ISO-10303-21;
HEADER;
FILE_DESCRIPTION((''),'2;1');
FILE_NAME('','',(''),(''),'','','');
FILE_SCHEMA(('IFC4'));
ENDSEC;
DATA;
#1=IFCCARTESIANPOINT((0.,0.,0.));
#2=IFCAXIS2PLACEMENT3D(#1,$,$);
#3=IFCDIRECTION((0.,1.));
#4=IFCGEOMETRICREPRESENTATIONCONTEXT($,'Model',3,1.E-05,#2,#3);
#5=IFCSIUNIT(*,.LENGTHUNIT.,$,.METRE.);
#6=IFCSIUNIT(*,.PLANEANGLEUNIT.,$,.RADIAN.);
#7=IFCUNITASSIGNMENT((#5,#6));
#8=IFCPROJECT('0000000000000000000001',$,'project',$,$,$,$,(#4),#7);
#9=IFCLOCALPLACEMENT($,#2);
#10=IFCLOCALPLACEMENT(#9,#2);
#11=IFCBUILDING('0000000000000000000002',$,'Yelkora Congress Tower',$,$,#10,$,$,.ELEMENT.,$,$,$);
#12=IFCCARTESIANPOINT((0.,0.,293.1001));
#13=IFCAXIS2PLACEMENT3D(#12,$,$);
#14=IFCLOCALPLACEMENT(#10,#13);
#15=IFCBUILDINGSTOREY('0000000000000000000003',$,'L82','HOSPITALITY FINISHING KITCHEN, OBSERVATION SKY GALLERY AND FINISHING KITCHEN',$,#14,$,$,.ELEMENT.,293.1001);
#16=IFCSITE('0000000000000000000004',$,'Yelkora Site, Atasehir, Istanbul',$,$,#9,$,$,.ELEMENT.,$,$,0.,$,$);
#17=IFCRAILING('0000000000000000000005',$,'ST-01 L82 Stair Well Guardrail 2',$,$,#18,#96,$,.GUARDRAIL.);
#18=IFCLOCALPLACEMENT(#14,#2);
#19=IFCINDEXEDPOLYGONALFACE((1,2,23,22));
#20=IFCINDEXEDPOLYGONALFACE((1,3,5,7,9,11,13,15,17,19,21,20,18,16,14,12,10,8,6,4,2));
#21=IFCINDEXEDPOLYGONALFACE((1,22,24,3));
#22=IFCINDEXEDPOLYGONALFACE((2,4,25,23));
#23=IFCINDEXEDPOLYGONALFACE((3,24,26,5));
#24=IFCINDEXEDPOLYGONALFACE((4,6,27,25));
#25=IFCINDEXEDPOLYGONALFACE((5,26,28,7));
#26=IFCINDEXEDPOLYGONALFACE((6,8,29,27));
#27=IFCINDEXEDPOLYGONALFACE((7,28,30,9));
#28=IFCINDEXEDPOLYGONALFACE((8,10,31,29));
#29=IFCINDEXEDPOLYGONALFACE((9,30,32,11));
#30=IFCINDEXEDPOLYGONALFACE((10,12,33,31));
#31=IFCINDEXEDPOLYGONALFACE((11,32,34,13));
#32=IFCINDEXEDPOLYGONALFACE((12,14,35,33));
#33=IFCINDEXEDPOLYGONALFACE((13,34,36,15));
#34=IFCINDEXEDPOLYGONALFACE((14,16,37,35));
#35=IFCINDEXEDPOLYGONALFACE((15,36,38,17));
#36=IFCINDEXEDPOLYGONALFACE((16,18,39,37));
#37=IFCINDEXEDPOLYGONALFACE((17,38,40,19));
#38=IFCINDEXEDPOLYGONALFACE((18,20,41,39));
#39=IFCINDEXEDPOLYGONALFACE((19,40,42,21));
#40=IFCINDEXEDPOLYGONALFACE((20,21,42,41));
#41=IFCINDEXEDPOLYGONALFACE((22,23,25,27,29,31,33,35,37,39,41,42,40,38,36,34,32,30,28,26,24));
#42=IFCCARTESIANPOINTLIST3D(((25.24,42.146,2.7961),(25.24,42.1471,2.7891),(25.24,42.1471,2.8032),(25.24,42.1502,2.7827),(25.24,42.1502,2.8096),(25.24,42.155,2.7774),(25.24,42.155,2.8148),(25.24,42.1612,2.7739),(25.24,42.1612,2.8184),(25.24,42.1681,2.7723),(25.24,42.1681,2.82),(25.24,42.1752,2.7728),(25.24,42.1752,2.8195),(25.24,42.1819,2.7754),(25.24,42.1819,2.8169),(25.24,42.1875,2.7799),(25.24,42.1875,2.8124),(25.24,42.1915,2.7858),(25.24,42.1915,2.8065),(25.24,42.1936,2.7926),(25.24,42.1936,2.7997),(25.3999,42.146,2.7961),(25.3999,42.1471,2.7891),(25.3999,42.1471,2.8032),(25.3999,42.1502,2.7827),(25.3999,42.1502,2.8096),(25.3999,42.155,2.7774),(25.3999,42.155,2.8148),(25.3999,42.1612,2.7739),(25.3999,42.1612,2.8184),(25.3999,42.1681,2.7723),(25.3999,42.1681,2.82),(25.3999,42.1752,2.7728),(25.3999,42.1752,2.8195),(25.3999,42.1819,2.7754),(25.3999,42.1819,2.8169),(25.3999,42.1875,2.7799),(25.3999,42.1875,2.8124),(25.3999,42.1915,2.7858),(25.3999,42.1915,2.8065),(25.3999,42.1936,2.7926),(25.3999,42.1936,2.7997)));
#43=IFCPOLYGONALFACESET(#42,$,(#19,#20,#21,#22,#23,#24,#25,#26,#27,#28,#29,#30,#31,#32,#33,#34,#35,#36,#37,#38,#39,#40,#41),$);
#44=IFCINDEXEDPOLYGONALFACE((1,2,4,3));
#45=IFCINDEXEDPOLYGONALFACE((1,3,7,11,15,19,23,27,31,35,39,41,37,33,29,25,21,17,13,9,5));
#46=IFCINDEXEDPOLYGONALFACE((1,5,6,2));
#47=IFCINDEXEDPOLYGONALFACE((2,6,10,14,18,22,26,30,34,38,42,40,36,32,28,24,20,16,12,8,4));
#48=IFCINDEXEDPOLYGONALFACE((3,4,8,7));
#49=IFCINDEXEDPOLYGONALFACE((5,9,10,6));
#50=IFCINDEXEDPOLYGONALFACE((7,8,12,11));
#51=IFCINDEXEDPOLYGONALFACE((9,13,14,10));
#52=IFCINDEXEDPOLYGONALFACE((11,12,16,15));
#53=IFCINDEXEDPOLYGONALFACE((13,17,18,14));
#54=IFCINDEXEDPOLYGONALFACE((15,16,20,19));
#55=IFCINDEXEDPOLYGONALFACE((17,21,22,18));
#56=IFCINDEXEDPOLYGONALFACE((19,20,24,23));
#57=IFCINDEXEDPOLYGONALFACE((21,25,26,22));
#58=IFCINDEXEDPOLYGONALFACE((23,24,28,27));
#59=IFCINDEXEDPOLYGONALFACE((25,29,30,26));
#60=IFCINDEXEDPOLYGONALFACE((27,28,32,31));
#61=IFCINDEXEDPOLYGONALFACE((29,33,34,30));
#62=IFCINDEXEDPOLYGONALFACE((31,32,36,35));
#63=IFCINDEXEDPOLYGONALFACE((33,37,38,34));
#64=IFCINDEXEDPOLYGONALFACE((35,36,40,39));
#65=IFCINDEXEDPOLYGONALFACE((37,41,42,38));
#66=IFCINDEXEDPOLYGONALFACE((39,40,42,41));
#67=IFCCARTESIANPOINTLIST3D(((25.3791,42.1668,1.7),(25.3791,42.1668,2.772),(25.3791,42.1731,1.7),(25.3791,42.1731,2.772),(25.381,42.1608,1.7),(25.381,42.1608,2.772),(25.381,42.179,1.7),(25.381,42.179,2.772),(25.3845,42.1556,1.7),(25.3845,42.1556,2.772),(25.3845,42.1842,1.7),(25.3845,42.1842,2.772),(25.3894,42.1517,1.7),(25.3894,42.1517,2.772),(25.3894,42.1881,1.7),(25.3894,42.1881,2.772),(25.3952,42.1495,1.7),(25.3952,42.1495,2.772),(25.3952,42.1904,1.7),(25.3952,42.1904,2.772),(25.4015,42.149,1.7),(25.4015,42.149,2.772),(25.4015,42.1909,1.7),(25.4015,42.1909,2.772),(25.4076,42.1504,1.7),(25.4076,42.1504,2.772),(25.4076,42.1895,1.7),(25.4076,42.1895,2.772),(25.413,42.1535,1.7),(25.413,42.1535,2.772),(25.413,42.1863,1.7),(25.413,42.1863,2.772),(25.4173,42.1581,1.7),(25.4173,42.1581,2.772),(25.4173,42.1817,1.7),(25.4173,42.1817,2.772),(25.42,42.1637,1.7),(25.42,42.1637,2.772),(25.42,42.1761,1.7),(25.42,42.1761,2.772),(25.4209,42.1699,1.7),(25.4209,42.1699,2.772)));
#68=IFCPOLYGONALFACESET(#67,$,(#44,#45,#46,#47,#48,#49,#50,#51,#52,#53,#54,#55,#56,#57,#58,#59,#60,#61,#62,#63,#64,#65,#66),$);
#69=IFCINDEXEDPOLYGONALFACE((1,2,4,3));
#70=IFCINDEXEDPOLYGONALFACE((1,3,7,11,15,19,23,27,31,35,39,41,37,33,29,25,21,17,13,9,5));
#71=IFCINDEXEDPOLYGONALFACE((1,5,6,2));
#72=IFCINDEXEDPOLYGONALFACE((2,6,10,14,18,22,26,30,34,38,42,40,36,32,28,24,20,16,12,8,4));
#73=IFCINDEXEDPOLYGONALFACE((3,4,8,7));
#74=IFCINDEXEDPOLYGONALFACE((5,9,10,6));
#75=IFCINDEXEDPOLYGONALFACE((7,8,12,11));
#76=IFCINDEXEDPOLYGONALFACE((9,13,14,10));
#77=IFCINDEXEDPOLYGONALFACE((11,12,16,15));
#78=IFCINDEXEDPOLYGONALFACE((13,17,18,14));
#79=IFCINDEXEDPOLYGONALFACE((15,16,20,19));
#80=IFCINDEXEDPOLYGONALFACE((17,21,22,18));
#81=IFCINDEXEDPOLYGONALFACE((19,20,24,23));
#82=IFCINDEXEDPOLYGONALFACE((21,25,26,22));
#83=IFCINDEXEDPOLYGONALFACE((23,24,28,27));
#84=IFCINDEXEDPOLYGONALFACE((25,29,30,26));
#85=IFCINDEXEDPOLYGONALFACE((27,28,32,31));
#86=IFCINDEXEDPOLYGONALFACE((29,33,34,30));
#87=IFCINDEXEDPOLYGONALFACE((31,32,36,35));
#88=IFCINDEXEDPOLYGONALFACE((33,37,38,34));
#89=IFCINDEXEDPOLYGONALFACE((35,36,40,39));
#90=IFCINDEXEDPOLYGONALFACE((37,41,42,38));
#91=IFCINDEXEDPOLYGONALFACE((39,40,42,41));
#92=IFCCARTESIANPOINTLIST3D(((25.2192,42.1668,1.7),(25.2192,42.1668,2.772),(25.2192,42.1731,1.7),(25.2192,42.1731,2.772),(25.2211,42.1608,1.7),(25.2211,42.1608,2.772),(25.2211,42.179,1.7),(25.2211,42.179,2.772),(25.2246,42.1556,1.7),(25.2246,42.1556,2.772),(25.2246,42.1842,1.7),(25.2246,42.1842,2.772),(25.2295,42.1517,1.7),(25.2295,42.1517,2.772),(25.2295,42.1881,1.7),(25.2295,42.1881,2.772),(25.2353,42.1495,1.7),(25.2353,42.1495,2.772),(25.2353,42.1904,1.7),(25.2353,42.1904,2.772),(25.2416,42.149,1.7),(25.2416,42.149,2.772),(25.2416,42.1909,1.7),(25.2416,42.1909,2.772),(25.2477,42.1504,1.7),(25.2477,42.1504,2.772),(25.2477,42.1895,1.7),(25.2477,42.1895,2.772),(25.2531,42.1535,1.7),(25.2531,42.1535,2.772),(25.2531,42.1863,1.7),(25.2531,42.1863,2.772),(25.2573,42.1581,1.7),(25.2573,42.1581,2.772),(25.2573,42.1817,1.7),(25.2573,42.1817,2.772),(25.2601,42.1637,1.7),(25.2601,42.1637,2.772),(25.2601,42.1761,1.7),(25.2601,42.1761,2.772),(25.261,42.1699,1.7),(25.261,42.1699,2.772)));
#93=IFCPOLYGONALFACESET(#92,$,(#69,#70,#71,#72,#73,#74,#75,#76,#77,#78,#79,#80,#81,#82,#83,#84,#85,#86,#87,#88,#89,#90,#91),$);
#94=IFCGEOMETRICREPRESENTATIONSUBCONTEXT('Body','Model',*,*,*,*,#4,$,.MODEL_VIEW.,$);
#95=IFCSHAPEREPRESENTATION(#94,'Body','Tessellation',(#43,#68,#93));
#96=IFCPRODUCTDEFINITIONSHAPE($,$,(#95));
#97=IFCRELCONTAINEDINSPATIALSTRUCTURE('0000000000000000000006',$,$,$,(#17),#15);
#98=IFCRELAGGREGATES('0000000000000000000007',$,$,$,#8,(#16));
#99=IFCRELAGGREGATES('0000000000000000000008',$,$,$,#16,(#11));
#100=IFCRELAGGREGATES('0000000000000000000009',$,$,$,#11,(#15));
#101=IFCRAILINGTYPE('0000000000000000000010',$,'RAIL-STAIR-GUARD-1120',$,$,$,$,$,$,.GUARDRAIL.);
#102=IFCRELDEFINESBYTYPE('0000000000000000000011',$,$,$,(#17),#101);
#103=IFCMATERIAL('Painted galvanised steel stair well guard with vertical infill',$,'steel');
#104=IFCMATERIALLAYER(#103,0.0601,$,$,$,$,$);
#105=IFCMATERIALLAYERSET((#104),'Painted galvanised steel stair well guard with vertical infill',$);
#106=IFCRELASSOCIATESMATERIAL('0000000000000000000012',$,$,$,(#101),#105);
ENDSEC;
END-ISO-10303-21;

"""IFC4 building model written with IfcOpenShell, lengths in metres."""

from ifc_helpers import new_model, si_unit, direction, frame, origin, origin_2d, place, context, subcontext, project, spatial, circle, extrude, material, layer, layer_set, type_object, element, save


model = new_model("IFC4")

# Units and contexts
model_context = context("Model", 3, precision=1e-05, world=origin(), true_north=direction((0.0, 1.0)))
body_context = subcontext(model_context, "Body", "Model", "MODEL_VIEW")
ifc_project = project(units=[si_unit("LENGTHUNIT", "METRE"), si_unit("PLANEANGLEUNIT", "RADIAN")], contexts=[model_context])

# Site, building, storey
site_placement = place(None, origin())
site = spatial("IfcSite", under=ifc_project, at=site_placement, Name="Yelkora Site, Atasehir, Istanbul", CompositionType="ELEMENT", RefElevation=0.0)
building_placement = place(site_placement, origin())
building = spatial("IfcBuilding", under=site, at=building_placement, Name="Yelkora Congress Tower", CompositionType="ELEMENT")
storey_placement = place(building_placement, frame((0.0, 0.0, 293.1001)))
storey = spatial("IfcBuildingStorey", under=building, at=storey_placement, Name="L82", Description="HOSPITALITY FINISHING KITCHEN, OBSERVATION SKY GALLERY AND FINISHING KITCHEN", CompositionType="ELEMENT", Elevation=293.1001)

# Railing
ifc_material_1 = material(Name="Painted galvanised steel stair well guard with vertical infill", Category="steel")
ifc_layer_1 = layer(ifc_material_1, 0.0601)
ifc_layer_set_1 = layer_set([ifc_layer_1], Name="Painted galvanised steel stair well guard with vertical infill")
railing_type = type_object("IfcRailingType", Name="RAIL-STAIR-GUARD-1120", PredefinedType="GUARDRAIL", material=ifc_layer_set_1)
railing_1_placement = place(storey_placement, frame((25.3999, 42.1699, 1.7)))
element("IfcRailing", 1, at=railing_1_placement, inside=storey, type_object=railing_type, Name="ST-01 L82 Stair Well Guardrail 2", PredefinedType="GUARDRAIL", context=body_context, shape_type="SweptSolid", body=[
    extrude(circle(Radius=0.0239, at=origin_2d()), frame((0.0, 0.0, 1.0962), z_axis=(-1.0, 0.0, 0.0), x_axis=(0.0, -1.0, 0.0)), (0.0, 0.0, 1.0), 0.1599),
    extrude(circle(Radius=0.021, at=origin_2d()), origin(), (0.0, 0.0, 1.0), 1.072),
    extrude(circle(Radius=0.021, at=origin_2d()), frame((-0.1599, 0.0, 0.0)), (0.0, 0.0, 1.0), 1.072),
])

save(model, "model.ifc")
